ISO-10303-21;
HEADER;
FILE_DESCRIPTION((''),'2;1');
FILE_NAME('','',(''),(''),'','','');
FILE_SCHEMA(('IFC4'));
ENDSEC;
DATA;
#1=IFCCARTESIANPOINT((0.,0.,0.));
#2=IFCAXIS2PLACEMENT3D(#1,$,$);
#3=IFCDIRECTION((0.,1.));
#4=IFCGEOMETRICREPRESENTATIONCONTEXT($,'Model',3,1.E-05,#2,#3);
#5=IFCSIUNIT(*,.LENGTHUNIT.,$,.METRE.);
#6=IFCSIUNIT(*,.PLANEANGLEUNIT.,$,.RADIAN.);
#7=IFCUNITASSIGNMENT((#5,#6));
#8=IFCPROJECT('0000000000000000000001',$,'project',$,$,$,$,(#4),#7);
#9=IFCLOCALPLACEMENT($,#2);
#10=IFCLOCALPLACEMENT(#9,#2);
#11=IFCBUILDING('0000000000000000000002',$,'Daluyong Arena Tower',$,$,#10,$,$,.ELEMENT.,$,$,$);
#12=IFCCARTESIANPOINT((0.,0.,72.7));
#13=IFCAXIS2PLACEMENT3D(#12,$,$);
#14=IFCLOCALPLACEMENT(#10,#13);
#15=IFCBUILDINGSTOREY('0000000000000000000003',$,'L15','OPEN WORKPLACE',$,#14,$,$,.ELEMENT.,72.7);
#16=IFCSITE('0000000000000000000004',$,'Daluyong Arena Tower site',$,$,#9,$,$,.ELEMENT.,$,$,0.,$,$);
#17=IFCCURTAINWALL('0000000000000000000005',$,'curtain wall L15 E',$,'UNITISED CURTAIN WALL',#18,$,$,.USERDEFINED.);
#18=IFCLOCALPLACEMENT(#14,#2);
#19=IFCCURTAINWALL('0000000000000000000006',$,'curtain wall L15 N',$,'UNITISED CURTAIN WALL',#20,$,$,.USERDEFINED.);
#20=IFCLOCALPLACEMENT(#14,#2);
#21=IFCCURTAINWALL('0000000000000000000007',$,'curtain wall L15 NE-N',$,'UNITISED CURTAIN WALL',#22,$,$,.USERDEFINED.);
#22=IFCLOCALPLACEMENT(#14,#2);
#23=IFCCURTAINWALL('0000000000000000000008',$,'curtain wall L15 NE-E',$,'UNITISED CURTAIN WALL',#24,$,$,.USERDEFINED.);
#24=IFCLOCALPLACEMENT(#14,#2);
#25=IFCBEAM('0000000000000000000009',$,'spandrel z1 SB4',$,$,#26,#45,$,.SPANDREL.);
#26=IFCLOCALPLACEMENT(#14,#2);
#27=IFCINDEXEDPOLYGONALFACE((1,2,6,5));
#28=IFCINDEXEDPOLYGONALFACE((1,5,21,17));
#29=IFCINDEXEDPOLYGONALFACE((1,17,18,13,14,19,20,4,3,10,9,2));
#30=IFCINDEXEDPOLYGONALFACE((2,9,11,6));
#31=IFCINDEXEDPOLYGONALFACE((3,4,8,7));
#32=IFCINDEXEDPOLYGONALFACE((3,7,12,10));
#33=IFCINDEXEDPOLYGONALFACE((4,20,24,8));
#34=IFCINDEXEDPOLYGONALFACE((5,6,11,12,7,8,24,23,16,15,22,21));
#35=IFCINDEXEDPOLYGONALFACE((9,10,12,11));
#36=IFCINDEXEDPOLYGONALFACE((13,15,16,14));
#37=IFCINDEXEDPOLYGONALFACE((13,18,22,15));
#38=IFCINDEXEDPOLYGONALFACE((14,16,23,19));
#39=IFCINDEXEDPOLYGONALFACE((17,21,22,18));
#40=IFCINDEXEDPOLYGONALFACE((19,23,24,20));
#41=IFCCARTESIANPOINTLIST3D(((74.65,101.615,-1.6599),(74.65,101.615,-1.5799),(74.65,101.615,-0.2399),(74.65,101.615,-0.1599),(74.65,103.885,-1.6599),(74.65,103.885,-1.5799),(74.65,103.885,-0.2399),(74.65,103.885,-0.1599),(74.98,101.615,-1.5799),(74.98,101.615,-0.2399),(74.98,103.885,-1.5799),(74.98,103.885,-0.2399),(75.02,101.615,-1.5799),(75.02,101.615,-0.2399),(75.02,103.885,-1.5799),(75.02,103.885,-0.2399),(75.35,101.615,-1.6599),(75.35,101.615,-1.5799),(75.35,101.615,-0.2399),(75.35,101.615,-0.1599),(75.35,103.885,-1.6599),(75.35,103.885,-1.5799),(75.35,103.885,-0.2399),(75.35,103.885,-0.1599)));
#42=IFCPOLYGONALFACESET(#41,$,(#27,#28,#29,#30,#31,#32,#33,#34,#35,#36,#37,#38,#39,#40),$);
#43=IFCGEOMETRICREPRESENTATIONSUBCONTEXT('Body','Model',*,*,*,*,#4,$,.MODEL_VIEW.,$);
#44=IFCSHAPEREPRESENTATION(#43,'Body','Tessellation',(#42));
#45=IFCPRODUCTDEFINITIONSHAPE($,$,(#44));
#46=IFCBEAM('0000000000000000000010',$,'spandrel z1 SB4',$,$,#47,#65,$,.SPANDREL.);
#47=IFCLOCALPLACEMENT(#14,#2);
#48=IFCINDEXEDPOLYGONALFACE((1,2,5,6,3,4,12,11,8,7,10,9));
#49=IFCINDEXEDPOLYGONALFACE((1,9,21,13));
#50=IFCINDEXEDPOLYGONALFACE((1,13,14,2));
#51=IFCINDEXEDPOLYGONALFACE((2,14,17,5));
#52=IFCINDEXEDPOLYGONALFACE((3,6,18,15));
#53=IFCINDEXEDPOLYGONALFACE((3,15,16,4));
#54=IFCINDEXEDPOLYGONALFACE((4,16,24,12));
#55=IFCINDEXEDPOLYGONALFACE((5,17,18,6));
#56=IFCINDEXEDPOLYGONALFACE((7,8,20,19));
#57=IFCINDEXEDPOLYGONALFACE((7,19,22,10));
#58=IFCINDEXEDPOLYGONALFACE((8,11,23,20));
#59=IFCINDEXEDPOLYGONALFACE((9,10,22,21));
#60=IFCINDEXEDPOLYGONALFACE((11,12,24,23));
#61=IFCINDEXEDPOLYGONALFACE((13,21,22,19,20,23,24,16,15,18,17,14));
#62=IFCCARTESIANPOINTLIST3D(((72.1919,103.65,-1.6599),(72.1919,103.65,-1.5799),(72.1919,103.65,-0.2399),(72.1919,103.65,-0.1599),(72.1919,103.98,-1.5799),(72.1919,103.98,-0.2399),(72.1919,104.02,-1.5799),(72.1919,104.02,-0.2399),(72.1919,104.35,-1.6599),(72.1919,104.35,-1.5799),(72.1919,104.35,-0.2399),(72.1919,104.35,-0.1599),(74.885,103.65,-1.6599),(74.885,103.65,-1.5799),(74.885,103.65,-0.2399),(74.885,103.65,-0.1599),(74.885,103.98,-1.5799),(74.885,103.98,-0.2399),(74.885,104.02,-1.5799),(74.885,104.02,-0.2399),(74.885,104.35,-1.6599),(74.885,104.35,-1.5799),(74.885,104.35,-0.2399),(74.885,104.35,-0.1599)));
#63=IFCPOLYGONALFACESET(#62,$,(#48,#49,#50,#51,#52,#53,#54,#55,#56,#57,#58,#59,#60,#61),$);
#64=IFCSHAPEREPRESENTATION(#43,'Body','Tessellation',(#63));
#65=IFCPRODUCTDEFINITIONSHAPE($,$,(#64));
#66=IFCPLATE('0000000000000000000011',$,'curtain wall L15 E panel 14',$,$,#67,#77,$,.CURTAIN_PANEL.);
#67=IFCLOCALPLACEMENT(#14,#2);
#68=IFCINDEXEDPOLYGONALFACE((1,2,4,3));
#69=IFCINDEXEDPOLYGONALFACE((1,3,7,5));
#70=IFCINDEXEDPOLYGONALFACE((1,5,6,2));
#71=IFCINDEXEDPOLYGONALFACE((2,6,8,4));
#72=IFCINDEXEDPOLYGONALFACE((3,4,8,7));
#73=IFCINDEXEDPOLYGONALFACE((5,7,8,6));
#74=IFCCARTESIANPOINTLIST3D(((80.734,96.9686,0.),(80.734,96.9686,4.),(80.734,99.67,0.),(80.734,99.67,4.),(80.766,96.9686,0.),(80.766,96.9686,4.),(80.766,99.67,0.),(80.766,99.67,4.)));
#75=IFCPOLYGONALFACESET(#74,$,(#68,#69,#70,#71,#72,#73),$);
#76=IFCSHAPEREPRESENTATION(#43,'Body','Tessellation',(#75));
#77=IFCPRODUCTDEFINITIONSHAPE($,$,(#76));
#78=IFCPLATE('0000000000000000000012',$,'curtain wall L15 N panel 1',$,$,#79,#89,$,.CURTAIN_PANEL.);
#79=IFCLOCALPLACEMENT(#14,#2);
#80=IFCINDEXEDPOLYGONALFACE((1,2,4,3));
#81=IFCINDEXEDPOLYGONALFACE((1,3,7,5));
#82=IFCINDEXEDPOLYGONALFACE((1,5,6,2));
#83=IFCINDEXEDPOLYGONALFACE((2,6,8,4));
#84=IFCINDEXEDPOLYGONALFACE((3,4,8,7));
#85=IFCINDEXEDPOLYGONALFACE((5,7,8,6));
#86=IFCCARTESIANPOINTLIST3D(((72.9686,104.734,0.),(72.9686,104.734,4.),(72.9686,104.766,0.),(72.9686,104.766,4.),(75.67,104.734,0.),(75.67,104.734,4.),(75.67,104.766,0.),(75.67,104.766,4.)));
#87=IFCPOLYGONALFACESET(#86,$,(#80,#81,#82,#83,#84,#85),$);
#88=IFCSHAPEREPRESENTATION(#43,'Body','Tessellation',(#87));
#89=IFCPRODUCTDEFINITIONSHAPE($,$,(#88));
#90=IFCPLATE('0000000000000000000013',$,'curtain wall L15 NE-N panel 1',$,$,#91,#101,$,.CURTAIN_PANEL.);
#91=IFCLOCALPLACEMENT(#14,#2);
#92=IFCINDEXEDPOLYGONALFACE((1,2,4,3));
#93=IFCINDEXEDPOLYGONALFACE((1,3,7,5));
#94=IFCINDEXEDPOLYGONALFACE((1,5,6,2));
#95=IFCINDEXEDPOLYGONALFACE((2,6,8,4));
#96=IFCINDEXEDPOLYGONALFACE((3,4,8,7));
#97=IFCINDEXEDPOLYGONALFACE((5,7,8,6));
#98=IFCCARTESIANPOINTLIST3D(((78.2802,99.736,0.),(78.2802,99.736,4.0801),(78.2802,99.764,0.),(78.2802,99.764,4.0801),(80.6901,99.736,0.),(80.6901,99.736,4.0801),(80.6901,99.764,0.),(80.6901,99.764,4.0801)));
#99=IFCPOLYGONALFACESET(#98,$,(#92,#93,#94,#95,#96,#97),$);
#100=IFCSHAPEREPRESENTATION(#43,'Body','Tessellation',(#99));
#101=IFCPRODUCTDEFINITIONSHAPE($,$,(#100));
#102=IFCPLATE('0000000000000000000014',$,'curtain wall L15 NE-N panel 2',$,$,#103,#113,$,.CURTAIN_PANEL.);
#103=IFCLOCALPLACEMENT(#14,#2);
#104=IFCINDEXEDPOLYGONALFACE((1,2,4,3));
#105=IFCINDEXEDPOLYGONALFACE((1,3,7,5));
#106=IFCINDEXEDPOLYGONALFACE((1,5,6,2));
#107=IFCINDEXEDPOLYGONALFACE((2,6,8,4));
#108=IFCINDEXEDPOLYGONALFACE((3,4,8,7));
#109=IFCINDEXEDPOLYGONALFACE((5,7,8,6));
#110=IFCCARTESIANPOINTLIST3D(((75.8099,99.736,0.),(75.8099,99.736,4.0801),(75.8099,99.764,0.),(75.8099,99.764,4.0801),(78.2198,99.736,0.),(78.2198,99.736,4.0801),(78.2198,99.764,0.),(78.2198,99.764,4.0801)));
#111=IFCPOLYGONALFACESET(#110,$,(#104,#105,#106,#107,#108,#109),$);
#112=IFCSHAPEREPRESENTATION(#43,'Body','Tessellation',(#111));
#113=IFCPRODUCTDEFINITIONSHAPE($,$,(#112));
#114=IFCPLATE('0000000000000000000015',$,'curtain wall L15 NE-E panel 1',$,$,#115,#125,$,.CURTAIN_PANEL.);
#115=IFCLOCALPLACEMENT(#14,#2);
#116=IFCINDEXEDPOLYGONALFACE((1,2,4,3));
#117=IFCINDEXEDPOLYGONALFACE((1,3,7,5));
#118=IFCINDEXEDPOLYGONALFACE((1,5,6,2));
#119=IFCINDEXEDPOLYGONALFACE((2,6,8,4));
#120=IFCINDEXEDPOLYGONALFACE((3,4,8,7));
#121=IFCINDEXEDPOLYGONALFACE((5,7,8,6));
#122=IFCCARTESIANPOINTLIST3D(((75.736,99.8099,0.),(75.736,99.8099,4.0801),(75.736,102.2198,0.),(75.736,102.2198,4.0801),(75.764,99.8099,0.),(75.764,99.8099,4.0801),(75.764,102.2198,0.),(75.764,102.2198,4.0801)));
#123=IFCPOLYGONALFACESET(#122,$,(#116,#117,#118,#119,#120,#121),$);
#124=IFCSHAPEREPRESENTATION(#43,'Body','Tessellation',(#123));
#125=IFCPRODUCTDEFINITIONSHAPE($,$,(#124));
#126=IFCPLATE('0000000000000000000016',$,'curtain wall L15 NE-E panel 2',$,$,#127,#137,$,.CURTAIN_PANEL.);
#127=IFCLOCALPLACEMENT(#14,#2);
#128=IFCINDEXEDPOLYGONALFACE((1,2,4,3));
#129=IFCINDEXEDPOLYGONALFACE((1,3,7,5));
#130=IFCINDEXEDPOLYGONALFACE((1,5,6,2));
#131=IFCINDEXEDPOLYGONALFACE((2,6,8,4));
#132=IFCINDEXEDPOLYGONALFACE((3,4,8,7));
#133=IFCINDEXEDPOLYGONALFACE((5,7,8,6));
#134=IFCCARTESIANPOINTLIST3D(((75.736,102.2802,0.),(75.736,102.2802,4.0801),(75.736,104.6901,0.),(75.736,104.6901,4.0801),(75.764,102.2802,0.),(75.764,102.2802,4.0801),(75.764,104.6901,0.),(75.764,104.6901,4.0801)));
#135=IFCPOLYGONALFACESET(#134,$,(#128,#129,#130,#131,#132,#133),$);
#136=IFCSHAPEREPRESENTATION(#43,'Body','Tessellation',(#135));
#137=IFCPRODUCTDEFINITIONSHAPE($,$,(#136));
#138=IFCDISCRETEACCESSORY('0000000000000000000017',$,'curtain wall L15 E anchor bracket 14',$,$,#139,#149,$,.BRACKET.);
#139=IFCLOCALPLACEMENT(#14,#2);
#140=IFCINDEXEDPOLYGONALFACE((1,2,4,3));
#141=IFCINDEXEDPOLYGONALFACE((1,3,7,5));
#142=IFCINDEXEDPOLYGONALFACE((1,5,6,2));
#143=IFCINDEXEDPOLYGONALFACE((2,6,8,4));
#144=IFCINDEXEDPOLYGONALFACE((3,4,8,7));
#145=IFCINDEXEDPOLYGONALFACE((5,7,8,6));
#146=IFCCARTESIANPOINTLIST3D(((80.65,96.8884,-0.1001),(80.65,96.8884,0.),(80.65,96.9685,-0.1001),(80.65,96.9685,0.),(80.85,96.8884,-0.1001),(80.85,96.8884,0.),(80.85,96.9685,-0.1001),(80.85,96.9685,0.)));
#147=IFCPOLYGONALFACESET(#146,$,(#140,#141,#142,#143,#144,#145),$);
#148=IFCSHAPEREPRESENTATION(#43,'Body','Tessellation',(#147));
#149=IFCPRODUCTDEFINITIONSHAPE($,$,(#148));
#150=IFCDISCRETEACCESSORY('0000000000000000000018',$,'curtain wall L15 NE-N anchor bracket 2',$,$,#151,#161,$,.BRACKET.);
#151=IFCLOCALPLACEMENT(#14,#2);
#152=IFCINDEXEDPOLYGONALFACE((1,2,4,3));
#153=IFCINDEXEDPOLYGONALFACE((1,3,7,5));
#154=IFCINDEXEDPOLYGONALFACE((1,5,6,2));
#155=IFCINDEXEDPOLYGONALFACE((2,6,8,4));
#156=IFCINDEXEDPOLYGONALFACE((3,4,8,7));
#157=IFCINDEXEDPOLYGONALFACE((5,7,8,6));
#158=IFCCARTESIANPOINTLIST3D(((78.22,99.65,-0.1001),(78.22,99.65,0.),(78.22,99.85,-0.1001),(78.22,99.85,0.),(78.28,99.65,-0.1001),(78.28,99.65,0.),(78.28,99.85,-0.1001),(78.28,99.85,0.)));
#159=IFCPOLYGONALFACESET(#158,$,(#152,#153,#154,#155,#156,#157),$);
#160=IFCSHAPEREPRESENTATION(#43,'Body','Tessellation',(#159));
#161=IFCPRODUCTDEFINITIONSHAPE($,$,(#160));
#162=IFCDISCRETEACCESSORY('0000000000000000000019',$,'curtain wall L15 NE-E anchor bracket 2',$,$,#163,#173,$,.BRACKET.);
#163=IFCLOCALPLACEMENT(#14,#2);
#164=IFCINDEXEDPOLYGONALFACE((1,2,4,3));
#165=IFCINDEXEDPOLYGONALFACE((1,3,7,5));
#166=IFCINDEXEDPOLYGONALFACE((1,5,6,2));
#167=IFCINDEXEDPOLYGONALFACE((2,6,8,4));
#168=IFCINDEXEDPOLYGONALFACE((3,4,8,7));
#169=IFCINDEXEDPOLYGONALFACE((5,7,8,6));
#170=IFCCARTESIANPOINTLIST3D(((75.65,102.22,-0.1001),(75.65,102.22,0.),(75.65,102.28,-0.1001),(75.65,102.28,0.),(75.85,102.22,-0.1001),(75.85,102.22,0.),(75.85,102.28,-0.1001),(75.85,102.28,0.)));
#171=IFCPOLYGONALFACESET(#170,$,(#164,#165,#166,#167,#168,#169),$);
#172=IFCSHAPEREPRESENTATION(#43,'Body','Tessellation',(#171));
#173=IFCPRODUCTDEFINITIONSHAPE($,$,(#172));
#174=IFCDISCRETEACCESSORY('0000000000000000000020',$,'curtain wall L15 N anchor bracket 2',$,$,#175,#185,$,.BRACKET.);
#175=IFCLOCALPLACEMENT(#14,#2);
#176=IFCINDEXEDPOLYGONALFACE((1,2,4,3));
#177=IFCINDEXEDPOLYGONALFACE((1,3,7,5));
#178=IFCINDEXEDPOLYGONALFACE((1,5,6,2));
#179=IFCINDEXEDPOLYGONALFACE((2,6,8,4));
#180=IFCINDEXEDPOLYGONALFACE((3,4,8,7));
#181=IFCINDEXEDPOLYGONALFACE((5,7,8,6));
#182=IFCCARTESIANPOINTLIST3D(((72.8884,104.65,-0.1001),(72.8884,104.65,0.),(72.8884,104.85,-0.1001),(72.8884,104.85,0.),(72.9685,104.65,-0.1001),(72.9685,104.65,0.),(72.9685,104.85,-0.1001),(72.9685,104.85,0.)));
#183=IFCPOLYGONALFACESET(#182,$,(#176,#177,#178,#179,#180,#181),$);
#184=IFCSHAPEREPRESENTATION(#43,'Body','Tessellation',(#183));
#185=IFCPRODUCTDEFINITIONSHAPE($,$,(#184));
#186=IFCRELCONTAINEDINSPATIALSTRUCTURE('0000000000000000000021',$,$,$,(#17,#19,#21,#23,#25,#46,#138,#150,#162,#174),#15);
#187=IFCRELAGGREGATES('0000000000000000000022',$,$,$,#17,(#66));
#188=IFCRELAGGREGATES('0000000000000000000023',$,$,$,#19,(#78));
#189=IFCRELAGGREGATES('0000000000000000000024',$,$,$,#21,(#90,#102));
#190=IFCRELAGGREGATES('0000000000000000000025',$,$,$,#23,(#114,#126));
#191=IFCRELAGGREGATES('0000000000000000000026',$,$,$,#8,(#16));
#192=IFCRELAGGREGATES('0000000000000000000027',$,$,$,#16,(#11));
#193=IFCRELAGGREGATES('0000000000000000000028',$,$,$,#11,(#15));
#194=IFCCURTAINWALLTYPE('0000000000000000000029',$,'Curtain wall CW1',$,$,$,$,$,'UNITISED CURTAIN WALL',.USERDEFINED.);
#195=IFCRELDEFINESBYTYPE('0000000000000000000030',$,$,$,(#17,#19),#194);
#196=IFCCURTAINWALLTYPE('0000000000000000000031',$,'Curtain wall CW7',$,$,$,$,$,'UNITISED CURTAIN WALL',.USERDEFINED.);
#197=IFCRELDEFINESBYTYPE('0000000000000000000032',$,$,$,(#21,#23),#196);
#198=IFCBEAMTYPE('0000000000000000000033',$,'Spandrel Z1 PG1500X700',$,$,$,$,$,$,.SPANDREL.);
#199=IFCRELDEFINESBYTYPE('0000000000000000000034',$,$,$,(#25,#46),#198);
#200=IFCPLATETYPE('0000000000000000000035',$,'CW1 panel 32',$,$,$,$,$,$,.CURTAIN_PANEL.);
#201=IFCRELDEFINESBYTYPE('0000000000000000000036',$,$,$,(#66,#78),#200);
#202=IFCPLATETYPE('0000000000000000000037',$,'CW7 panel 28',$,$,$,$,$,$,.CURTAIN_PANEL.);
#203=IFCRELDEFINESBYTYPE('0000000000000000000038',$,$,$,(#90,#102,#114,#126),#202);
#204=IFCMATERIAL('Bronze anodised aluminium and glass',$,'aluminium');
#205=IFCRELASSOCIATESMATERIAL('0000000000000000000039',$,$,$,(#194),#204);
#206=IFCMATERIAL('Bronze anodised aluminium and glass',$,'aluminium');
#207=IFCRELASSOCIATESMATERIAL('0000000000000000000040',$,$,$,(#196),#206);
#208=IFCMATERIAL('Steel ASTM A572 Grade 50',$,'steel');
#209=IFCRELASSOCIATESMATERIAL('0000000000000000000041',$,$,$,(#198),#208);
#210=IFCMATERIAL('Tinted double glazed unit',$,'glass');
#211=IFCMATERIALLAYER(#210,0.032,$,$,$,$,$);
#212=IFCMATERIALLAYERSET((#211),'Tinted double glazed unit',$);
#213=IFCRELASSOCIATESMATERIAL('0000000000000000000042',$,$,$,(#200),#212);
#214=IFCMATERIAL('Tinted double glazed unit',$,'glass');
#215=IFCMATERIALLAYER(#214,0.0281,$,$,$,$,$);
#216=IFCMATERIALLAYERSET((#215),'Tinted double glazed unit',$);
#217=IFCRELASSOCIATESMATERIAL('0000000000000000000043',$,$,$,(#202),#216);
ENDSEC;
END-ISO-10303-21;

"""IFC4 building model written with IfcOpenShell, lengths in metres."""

from ifc_helpers import new_model, si_unit, direction, frame, origin, origin_2d, place, context, subcontext, project, spatial, rectangle, i_section, extrude, material, layer, layer_set, material_profile, profile_set, type_object, element, aggregate, save


model = new_model("IFC4")

# Units and contexts
model_context = context("Model", 3, precision=1e-05, world=origin(), true_north=direction((0.0, 1.0)))
body_context = subcontext(model_context, "Body", "Model", "MODEL_VIEW")
ifc_project = project(units=[si_unit("LENGTHUNIT", "METRE"), si_unit("PLANEANGLEUNIT", "RADIAN")], contexts=[model_context])

# Site, building, storey
site_placement = place(None, origin())
site = spatial("IfcSite", under=ifc_project, at=site_placement, Name="Daluyong Arena Tower site", CompositionType="ELEMENT", RefElevation=0.0)
building_placement = place(site_placement, origin())
building = spatial("IfcBuilding", under=site, at=building_placement, Name="Daluyong Arena Tower", CompositionType="ELEMENT")
storey_placement = place(building_placement, frame((0.0, 0.0, 72.7)))
storey = spatial("IfcBuildingStorey", under=building, at=storey_placement, Name="L15", Description="OPEN WORKPLACE", CompositionType="ELEMENT", Elevation=72.7)

# Curtain walls
ifc_material_1 = material(Name="Bronze anodised aluminium and glass", Category="aluminium")
curtain_wall_type_1 = type_object("IfcCurtainWallType", Name="Curtain wall CW1", ElementType="UNITISED CURTAIN WALL", PredefinedType="USERDEFINED", material=ifc_material_1)
curtain_wall_1_placement = place(storey_placement, origin())
curtain_wall_1 = element("IfcCurtainWall", 1, at=curtain_wall_1_placement, inside=storey, type_object=curtain_wall_type_1, Name="curtain wall L15 E", ObjectType="UNITISED CURTAIN WALL", PredefinedType="USERDEFINED")
curtain_wall_2_placement = place(storey_placement, origin())
curtain_wall_2 = element("IfcCurtainWall", 2, at=curtain_wall_2_placement, inside=storey, type_object=curtain_wall_type_1, Name="curtain wall L15 N", ObjectType="UNITISED CURTAIN WALL", PredefinedType="USERDEFINED")

# Curtain walls
ifc_material_2 = material(Name="Bronze anodised aluminium and glass", Category="aluminium")
curtain_wall_type_2 = type_object("IfcCurtainWallType", Name="Curtain wall CW7", ElementType="UNITISED CURTAIN WALL", PredefinedType="USERDEFINED", material=ifc_material_2)
curtain_wall_3_placement = place(storey_placement, origin())
curtain_wall_3 = element("IfcCurtainWall", 3, at=curtain_wall_3_placement, inside=storey, type_object=curtain_wall_type_2, Name="curtain wall L15 NE-N", ObjectType="UNITISED CURTAIN WALL", PredefinedType="USERDEFINED")
curtain_wall_4_placement = place(storey_placement, origin())
curtain_wall_4 = element("IfcCurtainWall", 4, at=curtain_wall_4_placement, inside=storey, type_object=curtain_wall_type_2, Name="curtain wall L15 NE-E", ObjectType="UNITISED CURTAIN WALL", PredefinedType="USERDEFINED")

# Beams
ifc_material_3 = material(Name="Steel ASTM A572 Grade 50", Category="steel")
ifc_material_profile_1 = material_profile(ifc_material_3, i_section(OverallWidth=0.7, OverallDepth=1.5, WebThickness=0.04, FlangeThickness=0.08, at=origin_2d()))
ifc_profile_set_1 = profile_set([ifc_material_profile_1], Name="Steel ASTM A572 Grade 50")
beam_type_1 = type_object("IfcBeamType", Name="Spandrel Z1 PG1500X700", PredefinedType="SPANDREL", material=ifc_profile_set_1)
for number, where, z_axis, x_axis, name in (
    (5, (75.0, 101.615, -0.9099), (0.0, 1.0, 0.0), (-1.0, 0.0, 0.0), "spandrel z1 SB4"),
):
    element("IfcBeam", number, at=place(storey_placement, frame(where, z_axis=z_axis, x_axis=x_axis)), inside=storey, type_object=beam_type_1, Name=name, PredefinedType="SPANDREL", context=body_context, shape_type="SweptSolid", body=[
        extrude(i_section(OverallWidth=0.7, OverallDepth=1.5, WebThickness=0.04, FlangeThickness=0.08, at=origin_2d()), origin(), (0.0, 0.0, 1.0), 2.27),
    ])
beam_1_placement = place(storey_placement, frame((74.885, 104.0, -0.9099), z_axis=(-1.0, 0.0, 0.0), x_axis=(0.0, -1.0, 0.0)))
element("IfcBeam", 6, at=beam_1_placement, inside=storey, type_object=beam_type_1, Name="spandrel z1 SB4", PredefinedType="SPANDREL", context=body_context, shape_type="SweptSolid", body=[
    extrude(i_section(OverallWidth=0.7, OverallDepth=1.5, WebThickness=0.04, FlangeThickness=0.08, at=origin_2d()), origin(), (0.0, 0.0, 1.0), 2.6931),
])

# Plates
ifc_material_4 = material(Name="Tinted double glazed unit", Category="glass")
ifc_layer_1 = layer(ifc_material_4, 0.032)
ifc_layer_set_1 = layer_set([ifc_layer_1], Name="Tinted double glazed unit")
plate_type_1 = type_object("IfcPlateType", Name="CW1 panel 32", PredefinedType="CURTAIN_PANEL", material=ifc_layer_set_1)
plate_1_placement = place(storey_placement, frame((80.75, 98.3193, 0.0), z_axis=(0.0, 0.0, 1.0), x_axis=(0.0, 1.0, 0.0)))
plate_1 = element("IfcPlate", 7, at=plate_1_placement, type_object=plate_type_1, Name="curtain wall L15 E panel 14", PredefinedType="CURTAIN_PANEL", context=body_context, shape_type="SweptSolid", body=[
    extrude(rectangle(XDim=2.7014, YDim=0.032, at=origin_2d()), origin(), (0.0, 0.0, 1.0), 4.0),
])
aggregate(curtain_wall_1, [plate_1])
plate_2_placement = place(storey_placement, frame((74.3193, 104.75, 0.0), z_axis=(0.0, 0.0, 1.0), x_axis=(-1.0, 0.0, 0.0)))
plate_2 = element("IfcPlate", 8, at=plate_2_placement, type_object=plate_type_1, Name="curtain wall L15 N panel 1", PredefinedType="CURTAIN_PANEL", context=body_context, shape_type="SweptSolid", body=[
    extrude(rectangle(XDim=2.7014, YDim=0.032, at=origin_2d()), origin(), (0.0, 0.0, 1.0), 4.0),
])
aggregate(curtain_wall_2, [plate_2])
ifc_material_5 = material(Name="Tinted double glazed unit", Category="glass")
ifc_layer_2 = layer(ifc_material_5, 0.0281)
ifc_layer_set_2 = layer_set([ifc_layer_2], Name="Tinted double glazed unit")
plate_type_2 = type_object("IfcPlateType", Name="CW7 panel 28", PredefinedType="CURTAIN_PANEL", material=ifc_layer_set_2)
plate_3_placement = place(storey_placement, frame((79.4851, 99.75, 0.0), z_axis=(0.0, 0.0, 1.0), x_axis=(-1.0, 0.0, 0.0)))
plate_3 = element("IfcPlate", 9, at=plate_3_placement, type_object=plate_type_2, Name="curtain wall L15 NE-N panel 1", PredefinedType="CURTAIN_PANEL", context=body_context, shape_type="SweptSolid", body=[
    extrude(rectangle(XDim=2.4099, YDim=0.0281, at=origin_2d()), origin(), (0.0, 0.0, 1.0), 4.0801),
])
plate_4_placement = place(storey_placement, frame((77.0149, 99.75, 0.0), z_axis=(0.0, 0.0, 1.0), x_axis=(-1.0, 0.0, 0.0)))
plate_4 = element("IfcPlate", 10, at=plate_4_placement, type_object=plate_type_2, Name="curtain wall L15 NE-N panel 2", PredefinedType="CURTAIN_PANEL", context=body_context, shape_type="SweptSolid", body=[
    extrude(rectangle(XDim=2.4099, YDim=0.0281, at=origin_2d()), origin(), (0.0, 0.0, 1.0), 4.0801),
])
aggregate(curtain_wall_3, [plate_3, plate_4])
plate_5_placement = place(storey_placement, frame((75.75, 101.0149, 0.0), z_axis=(0.0, 0.0, 1.0), x_axis=(0.0, 1.0, 0.0)))
plate_5 = element("IfcPlate", 11, at=plate_5_placement, type_object=plate_type_2, Name="curtain wall L15 NE-E panel 1", PredefinedType="CURTAIN_PANEL", context=body_context, shape_type="SweptSolid", body=[
    extrude(rectangle(XDim=2.4099, YDim=0.0281, at=origin_2d()), origin(), (0.0, 0.0, 1.0), 4.0801),
])
plate_6_placement = place(storey_placement, frame((75.75, 103.4851, 0.0), z_axis=(0.0, 0.0, 1.0), x_axis=(0.0, 1.0, 0.0)))
plate_6 = element("IfcPlate", 12, at=plate_6_placement, type_object=plate_type_2, Name="curtain wall L15 NE-E panel 2", PredefinedType="CURTAIN_PANEL", context=body_context, shape_type="SweptSolid", body=[
    extrude(rectangle(XDim=2.4099, YDim=0.0281, at=origin_2d()), origin(), (0.0, 0.0, 1.0), 4.0801),
])
aggregate(curtain_wall_4, [plate_5, plate_6])

# Discrete accessories
discrete_accessory_1_placement = place(storey_placement, frame((80.75, 96.9285, -0.1001), z_axis=(0.0, 0.0, 1.0), x_axis=(0.0, 1.0, 0.0)))
element("IfcDiscreteAccessory", 13, at=discrete_accessory_1_placement, inside=storey, Name="curtain wall L15 E anchor bracket 14", PredefinedType="BRACKET", context=body_context, shape_type="SweptSolid", body=[
    extrude(rectangle(XDim=0.0801, YDim=0.2, at=origin_2d()), origin(), (0.0, 0.0, 1.0), 0.1001),
])
for number, where, z_axis, x_axis, name in (
    (14, (78.25, 99.75, -0.1001), (0.0, 0.0, 1.0), (-1.0, 0.0, 0.0), "curtain wall L15 NE-N anchor bracket 2"),
    (15, (75.75, 102.25, -0.1001), (0.0, 0.0, 1.0), (0.0, 1.0, 0.0), "curtain wall L15 NE-E anchor bracket 2"),
):
    element("IfcDiscreteAccessory", number, at=place(storey_placement, frame(where, z_axis=z_axis, x_axis=x_axis)), inside=storey, Name=name, PredefinedType="BRACKET", context=body_context, shape_type="SweptSolid", body=[
        extrude(rectangle(XDim=0.0601, YDim=0.2, at=origin_2d()), origin(), (0.0, 0.0, 1.0), 0.1001),
    ])
discrete_accessory_2_placement = place(storey_placement, frame((72.9285, 104.75, -0.1001), z_axis=(0.0, 0.0, 1.0), x_axis=(-1.0, 0.0, 0.0)))
element("IfcDiscreteAccessory", 16, at=discrete_accessory_2_placement, inside=storey, Name="curtain wall L15 N anchor bracket 2", PredefinedType="BRACKET", context=body_context, shape_type="SweptSolid", body=[
    extrude(rectangle(XDim=0.0801, YDim=0.2, at=origin_2d()), origin(), (0.0, 0.0, 1.0), 0.1001),
])

save(model, "model.ifc")
